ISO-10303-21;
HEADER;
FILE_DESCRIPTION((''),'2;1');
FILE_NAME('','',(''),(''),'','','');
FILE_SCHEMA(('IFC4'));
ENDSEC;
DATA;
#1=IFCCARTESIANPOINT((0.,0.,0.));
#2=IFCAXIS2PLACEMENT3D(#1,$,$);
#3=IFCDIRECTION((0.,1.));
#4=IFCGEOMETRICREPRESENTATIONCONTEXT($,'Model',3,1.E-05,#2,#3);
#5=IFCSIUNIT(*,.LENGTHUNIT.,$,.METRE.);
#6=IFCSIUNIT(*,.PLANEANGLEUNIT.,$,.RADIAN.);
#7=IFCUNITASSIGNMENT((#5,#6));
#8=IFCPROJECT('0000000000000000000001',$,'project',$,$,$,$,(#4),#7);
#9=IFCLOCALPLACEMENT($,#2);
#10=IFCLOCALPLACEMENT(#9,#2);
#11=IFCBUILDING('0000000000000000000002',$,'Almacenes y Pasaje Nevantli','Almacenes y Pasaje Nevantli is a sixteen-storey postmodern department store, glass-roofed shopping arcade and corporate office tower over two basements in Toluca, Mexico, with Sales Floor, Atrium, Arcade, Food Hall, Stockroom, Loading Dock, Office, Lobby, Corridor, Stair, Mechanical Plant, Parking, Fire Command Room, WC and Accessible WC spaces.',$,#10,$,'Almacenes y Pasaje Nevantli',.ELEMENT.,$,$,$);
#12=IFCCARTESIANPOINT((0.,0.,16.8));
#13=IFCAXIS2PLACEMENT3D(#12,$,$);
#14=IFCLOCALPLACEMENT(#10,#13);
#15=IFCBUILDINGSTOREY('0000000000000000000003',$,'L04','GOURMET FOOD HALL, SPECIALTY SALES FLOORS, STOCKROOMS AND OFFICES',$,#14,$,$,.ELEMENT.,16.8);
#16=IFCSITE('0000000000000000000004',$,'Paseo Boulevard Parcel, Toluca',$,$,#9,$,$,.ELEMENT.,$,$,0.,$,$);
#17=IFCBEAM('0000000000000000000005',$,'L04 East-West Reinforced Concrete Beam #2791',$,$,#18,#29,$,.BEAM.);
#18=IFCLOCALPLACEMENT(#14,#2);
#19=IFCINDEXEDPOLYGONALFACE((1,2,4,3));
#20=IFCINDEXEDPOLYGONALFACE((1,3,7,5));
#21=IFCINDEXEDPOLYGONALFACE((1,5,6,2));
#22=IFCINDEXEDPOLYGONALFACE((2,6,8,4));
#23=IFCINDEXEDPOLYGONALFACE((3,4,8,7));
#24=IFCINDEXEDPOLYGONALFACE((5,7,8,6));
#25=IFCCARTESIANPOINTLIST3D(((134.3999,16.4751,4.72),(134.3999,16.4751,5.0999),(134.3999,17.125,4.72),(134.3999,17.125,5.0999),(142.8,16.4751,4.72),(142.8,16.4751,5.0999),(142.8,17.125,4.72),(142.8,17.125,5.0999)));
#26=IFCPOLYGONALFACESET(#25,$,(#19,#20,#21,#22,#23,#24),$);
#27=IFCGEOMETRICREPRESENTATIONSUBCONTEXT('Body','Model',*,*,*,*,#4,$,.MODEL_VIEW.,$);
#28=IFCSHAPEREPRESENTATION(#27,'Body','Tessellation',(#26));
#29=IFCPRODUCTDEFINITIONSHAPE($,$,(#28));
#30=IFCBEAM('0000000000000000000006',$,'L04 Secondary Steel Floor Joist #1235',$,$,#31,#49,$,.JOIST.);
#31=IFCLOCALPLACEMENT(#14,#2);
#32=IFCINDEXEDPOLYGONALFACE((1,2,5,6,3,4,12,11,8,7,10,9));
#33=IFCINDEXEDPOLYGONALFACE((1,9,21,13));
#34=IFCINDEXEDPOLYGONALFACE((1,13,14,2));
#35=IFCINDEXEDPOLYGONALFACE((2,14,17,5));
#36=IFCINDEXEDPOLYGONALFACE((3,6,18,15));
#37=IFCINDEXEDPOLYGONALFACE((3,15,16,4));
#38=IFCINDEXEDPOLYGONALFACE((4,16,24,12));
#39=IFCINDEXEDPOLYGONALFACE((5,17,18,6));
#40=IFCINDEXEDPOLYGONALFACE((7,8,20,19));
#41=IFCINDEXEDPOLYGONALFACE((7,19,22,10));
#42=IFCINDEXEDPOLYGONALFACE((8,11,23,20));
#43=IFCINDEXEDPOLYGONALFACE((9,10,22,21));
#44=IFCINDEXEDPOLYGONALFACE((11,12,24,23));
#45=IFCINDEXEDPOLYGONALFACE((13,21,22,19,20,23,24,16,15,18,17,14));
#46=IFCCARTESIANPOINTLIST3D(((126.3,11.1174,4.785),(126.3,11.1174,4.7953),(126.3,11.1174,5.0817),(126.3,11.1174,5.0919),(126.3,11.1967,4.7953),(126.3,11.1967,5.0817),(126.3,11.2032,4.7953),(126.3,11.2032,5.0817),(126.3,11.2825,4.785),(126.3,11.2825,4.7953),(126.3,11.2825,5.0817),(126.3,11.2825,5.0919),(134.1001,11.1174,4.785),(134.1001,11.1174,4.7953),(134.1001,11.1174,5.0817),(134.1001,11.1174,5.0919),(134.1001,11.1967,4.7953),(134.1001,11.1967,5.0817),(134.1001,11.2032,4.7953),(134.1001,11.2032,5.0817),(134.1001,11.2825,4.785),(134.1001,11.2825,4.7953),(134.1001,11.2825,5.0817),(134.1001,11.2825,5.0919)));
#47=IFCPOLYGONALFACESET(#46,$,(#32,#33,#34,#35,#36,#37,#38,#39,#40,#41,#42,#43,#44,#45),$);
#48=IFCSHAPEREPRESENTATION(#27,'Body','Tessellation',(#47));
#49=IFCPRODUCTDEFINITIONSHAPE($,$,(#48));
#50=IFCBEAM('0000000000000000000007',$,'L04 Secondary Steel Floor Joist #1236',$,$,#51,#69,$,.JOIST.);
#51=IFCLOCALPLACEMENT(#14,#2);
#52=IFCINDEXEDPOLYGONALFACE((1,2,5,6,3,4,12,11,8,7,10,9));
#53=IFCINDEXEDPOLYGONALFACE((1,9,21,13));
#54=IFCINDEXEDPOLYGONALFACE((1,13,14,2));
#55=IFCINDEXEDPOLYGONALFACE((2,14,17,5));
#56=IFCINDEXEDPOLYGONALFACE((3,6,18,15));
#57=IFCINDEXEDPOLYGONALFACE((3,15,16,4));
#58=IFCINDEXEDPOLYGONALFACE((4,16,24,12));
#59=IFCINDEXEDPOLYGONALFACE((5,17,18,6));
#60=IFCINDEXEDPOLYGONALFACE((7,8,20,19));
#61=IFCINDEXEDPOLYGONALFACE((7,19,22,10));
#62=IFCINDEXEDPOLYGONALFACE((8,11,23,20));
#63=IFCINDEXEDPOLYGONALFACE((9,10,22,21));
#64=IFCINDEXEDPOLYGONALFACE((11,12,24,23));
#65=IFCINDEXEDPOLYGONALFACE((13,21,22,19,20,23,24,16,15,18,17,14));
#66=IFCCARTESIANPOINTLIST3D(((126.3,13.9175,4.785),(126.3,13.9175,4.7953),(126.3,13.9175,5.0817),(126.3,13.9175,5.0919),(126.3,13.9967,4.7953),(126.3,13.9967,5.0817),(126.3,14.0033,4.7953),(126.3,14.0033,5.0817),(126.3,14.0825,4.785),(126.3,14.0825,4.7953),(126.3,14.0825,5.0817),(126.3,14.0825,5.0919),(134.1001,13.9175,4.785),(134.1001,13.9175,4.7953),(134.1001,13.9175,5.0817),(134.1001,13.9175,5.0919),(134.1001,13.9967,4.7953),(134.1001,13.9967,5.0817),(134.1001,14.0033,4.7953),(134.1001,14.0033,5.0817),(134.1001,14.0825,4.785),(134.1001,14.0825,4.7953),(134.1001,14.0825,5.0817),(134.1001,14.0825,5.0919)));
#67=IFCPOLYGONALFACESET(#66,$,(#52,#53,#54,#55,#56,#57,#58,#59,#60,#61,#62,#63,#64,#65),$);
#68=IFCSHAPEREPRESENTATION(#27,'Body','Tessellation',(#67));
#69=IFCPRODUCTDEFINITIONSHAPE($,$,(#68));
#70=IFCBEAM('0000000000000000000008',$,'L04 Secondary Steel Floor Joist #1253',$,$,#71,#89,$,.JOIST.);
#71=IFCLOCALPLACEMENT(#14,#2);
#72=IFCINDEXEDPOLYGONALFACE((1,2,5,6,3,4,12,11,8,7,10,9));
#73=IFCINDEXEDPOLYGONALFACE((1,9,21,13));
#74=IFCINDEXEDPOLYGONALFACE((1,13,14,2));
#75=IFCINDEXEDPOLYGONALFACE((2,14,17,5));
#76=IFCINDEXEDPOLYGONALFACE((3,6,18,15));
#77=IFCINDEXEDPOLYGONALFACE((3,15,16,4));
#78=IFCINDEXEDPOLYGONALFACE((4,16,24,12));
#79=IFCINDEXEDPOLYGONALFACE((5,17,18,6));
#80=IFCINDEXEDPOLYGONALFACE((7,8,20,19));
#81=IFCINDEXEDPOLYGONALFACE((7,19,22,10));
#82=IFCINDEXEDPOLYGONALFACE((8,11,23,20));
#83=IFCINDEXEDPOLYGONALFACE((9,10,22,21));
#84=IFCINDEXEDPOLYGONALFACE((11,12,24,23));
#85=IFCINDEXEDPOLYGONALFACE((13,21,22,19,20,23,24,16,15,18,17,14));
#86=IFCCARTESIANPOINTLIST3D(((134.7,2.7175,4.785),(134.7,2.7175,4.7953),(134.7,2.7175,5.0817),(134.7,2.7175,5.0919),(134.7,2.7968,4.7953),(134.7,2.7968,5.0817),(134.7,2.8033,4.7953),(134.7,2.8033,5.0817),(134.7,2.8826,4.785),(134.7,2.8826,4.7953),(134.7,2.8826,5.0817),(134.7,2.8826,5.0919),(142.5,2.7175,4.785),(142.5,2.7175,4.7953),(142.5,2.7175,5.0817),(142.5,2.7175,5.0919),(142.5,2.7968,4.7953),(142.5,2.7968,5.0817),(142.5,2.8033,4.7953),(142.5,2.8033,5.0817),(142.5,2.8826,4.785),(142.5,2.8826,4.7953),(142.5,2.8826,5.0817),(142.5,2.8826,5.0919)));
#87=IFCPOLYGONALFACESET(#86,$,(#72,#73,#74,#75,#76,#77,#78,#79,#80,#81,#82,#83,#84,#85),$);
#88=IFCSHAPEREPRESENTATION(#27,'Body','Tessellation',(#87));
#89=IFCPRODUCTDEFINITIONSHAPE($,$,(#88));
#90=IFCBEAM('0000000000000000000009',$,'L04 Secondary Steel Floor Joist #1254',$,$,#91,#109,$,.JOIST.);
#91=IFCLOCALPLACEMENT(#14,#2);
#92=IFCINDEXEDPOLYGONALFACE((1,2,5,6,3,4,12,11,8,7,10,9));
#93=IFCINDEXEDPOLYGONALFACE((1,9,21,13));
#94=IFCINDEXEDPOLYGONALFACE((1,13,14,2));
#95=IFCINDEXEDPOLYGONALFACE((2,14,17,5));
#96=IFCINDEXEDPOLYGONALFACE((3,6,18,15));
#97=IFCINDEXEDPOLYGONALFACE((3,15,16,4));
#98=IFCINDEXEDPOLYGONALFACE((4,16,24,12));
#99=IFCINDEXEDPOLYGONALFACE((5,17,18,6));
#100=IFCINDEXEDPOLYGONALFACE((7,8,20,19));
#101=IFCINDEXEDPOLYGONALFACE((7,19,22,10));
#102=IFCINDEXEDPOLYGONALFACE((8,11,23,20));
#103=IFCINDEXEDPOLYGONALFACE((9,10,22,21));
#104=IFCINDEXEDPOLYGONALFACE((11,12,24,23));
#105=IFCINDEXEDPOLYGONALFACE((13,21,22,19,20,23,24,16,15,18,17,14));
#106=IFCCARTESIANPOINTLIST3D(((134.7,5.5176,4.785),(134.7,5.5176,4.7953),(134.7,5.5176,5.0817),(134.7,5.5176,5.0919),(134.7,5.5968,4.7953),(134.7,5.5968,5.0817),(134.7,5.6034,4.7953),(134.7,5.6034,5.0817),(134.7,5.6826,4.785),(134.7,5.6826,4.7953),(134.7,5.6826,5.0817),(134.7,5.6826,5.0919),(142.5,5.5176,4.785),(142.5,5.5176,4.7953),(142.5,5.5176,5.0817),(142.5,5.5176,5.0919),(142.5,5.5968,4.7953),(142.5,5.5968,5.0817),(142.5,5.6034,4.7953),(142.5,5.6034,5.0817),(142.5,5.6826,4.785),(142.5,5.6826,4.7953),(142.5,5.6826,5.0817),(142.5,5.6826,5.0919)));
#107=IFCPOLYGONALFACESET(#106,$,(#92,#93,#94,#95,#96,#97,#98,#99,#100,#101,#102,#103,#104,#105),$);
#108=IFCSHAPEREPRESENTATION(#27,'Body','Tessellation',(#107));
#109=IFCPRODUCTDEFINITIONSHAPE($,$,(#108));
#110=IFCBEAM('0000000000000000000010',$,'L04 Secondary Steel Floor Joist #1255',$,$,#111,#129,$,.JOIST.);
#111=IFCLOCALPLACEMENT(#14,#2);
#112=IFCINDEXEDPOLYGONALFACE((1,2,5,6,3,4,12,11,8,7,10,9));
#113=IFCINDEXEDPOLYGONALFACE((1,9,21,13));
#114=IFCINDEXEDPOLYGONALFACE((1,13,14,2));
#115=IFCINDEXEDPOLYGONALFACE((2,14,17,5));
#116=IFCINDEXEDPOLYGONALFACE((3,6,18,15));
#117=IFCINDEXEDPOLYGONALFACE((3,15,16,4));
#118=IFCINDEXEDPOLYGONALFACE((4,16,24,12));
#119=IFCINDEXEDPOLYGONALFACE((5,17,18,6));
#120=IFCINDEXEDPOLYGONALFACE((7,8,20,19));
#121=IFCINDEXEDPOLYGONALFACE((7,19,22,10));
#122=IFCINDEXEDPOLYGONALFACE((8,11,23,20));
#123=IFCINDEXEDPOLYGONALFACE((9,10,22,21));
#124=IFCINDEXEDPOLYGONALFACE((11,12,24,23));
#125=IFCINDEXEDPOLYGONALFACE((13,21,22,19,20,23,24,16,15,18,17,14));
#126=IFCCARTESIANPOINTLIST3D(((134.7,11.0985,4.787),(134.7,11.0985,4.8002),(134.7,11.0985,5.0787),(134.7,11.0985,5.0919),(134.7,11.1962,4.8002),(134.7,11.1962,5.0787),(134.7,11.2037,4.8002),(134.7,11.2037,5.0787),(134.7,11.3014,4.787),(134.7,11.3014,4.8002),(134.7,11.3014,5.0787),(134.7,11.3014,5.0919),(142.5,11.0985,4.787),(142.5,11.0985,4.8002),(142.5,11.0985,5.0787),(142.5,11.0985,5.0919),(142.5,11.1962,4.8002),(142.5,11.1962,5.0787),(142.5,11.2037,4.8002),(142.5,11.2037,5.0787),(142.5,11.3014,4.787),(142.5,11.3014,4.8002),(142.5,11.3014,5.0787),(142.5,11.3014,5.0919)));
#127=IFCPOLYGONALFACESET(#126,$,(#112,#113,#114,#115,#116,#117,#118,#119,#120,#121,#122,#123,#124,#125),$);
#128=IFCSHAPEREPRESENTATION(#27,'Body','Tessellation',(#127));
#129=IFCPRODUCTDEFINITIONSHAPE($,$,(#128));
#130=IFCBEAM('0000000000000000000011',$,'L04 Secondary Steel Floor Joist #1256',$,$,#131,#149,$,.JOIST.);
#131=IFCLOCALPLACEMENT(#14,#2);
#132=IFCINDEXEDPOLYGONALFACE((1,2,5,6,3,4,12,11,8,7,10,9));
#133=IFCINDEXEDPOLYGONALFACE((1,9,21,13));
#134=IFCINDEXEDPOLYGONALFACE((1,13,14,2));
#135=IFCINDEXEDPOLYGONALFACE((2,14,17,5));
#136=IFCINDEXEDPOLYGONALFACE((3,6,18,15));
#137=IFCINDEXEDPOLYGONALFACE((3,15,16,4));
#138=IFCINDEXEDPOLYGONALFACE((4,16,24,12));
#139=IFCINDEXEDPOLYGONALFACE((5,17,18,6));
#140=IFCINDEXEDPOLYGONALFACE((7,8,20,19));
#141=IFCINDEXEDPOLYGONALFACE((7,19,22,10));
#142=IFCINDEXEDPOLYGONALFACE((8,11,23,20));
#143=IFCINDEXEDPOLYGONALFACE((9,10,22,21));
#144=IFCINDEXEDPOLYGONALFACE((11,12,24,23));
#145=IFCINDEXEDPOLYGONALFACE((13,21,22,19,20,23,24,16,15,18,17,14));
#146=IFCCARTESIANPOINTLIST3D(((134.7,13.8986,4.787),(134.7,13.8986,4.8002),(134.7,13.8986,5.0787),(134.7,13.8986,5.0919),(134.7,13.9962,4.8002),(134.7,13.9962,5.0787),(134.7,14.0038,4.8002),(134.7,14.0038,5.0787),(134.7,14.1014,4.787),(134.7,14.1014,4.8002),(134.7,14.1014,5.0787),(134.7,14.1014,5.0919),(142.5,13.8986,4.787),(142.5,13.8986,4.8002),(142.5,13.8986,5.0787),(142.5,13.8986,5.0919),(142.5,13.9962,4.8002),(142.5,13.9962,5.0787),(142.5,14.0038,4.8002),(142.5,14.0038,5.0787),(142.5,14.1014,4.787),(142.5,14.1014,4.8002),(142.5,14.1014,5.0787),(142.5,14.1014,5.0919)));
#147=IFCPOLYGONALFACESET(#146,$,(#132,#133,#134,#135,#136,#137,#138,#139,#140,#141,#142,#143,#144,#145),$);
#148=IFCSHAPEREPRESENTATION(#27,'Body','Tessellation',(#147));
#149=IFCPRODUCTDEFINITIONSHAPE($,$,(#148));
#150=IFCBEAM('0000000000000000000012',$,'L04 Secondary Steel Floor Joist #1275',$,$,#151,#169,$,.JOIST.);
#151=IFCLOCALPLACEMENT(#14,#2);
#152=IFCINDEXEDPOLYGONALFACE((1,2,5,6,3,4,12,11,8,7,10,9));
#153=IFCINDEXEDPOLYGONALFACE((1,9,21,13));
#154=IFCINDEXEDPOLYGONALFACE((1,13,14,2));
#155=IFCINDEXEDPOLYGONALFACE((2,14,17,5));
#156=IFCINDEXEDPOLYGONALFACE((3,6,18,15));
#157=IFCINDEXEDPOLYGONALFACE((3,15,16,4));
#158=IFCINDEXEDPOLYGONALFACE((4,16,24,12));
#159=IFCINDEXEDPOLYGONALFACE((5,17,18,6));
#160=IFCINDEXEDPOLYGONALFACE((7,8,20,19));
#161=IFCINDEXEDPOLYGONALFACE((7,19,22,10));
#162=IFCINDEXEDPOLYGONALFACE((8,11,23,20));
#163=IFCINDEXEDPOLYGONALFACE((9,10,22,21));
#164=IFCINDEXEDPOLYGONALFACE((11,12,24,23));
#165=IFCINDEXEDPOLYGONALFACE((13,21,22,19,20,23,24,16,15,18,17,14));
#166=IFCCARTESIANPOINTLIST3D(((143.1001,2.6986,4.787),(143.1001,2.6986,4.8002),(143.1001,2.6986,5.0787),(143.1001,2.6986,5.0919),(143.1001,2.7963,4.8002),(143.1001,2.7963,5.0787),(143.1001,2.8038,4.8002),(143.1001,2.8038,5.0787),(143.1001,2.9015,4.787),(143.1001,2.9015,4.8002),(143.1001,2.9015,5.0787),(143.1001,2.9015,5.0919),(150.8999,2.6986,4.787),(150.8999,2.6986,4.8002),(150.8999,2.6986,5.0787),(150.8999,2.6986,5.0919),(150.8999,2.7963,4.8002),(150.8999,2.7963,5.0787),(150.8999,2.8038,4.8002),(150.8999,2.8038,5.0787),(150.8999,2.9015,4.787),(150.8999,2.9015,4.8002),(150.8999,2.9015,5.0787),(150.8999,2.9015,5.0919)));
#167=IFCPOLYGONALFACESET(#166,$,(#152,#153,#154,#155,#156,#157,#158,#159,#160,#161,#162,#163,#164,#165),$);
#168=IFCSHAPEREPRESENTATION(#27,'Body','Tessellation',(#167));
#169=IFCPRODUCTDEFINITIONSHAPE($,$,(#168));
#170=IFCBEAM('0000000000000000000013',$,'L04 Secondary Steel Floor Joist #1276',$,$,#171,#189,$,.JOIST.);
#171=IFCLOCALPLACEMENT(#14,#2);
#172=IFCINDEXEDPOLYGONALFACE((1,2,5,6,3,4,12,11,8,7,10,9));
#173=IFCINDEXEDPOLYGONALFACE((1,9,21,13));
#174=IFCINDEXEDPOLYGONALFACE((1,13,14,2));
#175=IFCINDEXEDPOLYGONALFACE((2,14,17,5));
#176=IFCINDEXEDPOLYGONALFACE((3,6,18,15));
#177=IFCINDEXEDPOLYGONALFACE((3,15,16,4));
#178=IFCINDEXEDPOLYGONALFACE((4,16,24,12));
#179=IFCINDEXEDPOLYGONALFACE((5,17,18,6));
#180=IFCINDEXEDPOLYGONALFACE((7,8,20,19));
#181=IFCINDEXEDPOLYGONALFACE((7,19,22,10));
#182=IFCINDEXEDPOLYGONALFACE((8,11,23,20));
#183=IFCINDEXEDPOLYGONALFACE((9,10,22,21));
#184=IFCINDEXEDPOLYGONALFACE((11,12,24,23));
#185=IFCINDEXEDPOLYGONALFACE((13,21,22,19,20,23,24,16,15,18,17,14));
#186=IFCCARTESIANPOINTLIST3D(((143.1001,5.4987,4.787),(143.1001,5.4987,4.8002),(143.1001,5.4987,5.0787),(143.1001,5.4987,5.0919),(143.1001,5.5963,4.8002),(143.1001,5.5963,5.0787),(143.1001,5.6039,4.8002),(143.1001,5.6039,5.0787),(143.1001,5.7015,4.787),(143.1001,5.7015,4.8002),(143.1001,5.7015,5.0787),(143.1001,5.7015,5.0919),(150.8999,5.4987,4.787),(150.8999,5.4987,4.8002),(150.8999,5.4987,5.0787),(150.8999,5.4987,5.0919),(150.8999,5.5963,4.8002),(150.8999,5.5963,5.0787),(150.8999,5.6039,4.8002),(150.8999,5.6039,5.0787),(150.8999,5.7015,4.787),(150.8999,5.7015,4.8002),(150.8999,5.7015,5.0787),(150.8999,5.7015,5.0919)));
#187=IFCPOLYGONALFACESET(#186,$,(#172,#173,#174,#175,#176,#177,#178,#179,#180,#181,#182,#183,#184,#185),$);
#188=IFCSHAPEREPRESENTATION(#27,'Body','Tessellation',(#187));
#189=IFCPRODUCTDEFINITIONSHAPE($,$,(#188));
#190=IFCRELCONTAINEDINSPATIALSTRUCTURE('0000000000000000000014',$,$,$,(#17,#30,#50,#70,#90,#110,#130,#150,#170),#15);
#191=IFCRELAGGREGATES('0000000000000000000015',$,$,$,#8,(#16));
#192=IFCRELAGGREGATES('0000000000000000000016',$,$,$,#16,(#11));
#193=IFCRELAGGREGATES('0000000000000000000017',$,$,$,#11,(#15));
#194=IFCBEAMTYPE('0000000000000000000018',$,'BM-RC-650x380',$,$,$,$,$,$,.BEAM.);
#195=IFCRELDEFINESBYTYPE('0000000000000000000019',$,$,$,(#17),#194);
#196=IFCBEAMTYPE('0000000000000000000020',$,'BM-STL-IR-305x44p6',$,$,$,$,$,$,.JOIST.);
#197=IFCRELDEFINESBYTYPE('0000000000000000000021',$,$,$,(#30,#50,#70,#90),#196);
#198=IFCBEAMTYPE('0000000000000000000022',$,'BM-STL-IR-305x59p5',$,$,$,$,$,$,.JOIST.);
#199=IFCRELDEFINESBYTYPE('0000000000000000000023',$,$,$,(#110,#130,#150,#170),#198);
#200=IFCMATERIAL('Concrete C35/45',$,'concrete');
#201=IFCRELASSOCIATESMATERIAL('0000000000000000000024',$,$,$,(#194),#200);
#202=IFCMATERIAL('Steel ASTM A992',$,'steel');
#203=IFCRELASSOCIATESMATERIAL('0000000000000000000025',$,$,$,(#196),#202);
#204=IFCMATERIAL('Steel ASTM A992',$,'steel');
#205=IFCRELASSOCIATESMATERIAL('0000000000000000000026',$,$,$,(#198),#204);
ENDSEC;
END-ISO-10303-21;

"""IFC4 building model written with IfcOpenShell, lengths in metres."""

from ifc_helpers import new_model, si_unit, direction, frame, origin, origin_2d, place, context, subcontext, project, spatial, rectangle, i_section, extrude, material, material_profile, profile_set, type_object, element, save


model = new_model("IFC4")

# Units and contexts
model_context = context("Model", 3, precision=1e-05, world=origin(), true_north=direction((0.0, 1.0)))
body_context = subcontext(model_context, "Body", "Model", "MODEL_VIEW")
ifc_project = project(units=[si_unit("LENGTHUNIT", "METRE"), si_unit("PLANEANGLEUNIT", "RADIAN")], contexts=[model_context])

# Site, building, storey
site_placement = place(None, origin())
site = spatial("IfcSite", under=ifc_project, at=site_placement, Name="Paseo Boulevard Parcel, Toluca", CompositionType="ELEMENT", RefElevation=0.0)
building_placement = place(site_placement, origin())
building = spatial("IfcBuilding", under=site, at=building_placement, Name="Almacenes y Pasaje Nevantli", Description="Almacenes y Pasaje Nevantli is a sixteen-storey postmodern department store, glass-roofed shopping arcade and corporate office tower over two basements in Toluca, Mexico, with Sales Floor, Atrium, Arcade, Food Hall, Stockroom, Loading Dock, Office, Lobby, Corridor, Stair, Mechanical Plant, Parking, Fire Command Room, WC and Accessible WC spaces.", LongName="Almacenes y Pasaje Nevantli", CompositionType="ELEMENT")
storey_placement = place(building_placement, frame((0.0, 0.0, 16.8)))
storey = spatial("IfcBuildingStorey", under=building, at=storey_placement, Name="L04", Description="GOURMET FOOD HALL, SPECIALTY SALES FLOORS, STOCKROOMS AND OFFICES", CompositionType="ELEMENT", Elevation=16.8)

# Beams
ifc_material_1 = material(Name="Concrete C35/45", Category="concrete")
ifc_material_profile_1 = material_profile(ifc_material_1, rectangle(XDim=0.6499, YDim=0.3799, at=origin_2d()), Name="RC-BM-650x380")
ifc_profile_set_1 = profile_set([ifc_material_profile_1], Name="Concrete C35/45")
beam_type_1 = type_object("IfcBeamType", Name="BM-RC-650x380", PredefinedType="BEAM", material=ifc_profile_set_1)
beam_1_placement = place(storey_placement, frame((134.3999, 16.8, 4.9099), z_axis=(1.0, 0.0, 0.0), x_axis=(0.0, 1.0, 0.0)))
element("IfcBeam", 1, at=beam_1_placement, inside=storey, type_object=beam_type_1, Name="L04 East-West Reinforced Concrete Beam #2791", PredefinedType="BEAM", context=body_context, shape_type="SweptSolid", body=[
    extrude(rectangle(XDim=0.6499, YDim=0.3799, at=origin_2d()), origin(), (0.0, 0.0, 1.0), 8.4001),
])
ifc_material_2 = material(Name="Steel ASTM A992", Category="steel")
ifc_material_profile_2 = material_profile(ifc_material_2, i_section(OverallWidth=0.165, OverallDepth=0.3069, WebThickness=0.0066, FlangeThickness=0.0103, at=origin_2d()), Name="IR 305x44.6")
ifc_profile_set_2 = profile_set([ifc_material_profile_2], Name="Steel ASTM A992")
beam_type_2 = type_object("IfcBeamType", Name="BM-STL-IR-305x44p6", PredefinedType="JOIST", material=ifc_profile_set_2)
for number, where, z_axis, x_axis, name in (
    (2, (126.3, 11.2, 4.9385), (1.0, 0.0, 0.0), (0.0, 1.0, 0.0), "L04 Secondary Steel Floor Joist #1235"),
    (3, (126.3, 14.0, 4.9385), (1.0, 0.0, 0.0), (0.0, 1.0, 0.0), "L04 Secondary Steel Floor Joist #1236"),
    (4, (134.7, 2.8, 4.9385), (1.0, 0.0, 0.0), (0.0, 1.0, 0.0), "L04 Secondary Steel Floor Joist #1253"),
    (5, (134.7, 5.6001, 4.9385), (1.0, 0.0, 0.0), (0.0, 1.0, 0.0), "L04 Secondary Steel Floor Joist #1254"),
):
    element("IfcBeam", number, at=place(storey_placement, frame(where, z_axis=z_axis, x_axis=x_axis)), inside=storey, type_object=beam_type_2, Name=name, PredefinedType="JOIST", context=body_context, shape_type="SweptSolid", body=[
        extrude(i_section(OverallWidth=0.165, OverallDepth=0.3069, WebThickness=0.0066, FlangeThickness=0.0103, at=origin_2d()), origin(), (0.0, 0.0, 1.0), 7.8),
    ])
ifc_material_3 = material(Name="Steel ASTM A992", Category="steel")
ifc_material_profile_3 = material_profile(ifc_material_3, i_section(OverallWidth=0.2029, OverallDepth=0.3049, WebThickness=0.0076, FlangeThickness=0.0132, at=origin_2d()), Name="IR 305x59.5")
ifc_profile_set_3 = profile_set([ifc_material_profile_3], Name="Steel ASTM A992")
beam_type_3 = type_object("IfcBeamType", Name="BM-STL-IR-305x59p5", PredefinedType="JOIST", material=ifc_profile_set_3)
for number, where, z_axis, x_axis, name in (
    (6, (134.7, 11.2, 4.9395), (1.0, 0.0, 0.0), (0.0, 1.0, 0.0), "L04 Secondary Steel Floor Joist #1255"),
    (7, (134.7, 14.0, 4.9395), (1.0, 0.0, 0.0), (0.0, 1.0, 0.0), "L04 Secondary Steel Floor Joist #1256"),
):
    element("IfcBeam", number, at=place(storey_placement, frame(where, z_axis=z_axis, x_axis=x_axis)), inside=storey, type_object=beam_type_3, Name=name, PredefinedType="JOIST", context=body_context, shape_type="SweptSolid", body=[
        extrude(i_section(OverallWidth=0.2029, OverallDepth=0.3049, WebThickness=0.0076, FlangeThickness=0.0132, at=origin_2d()), origin(), (0.0, 0.0, 1.0), 7.8),
    ])
for number, where, z_axis, x_axis, name in (
    (8, (143.1001, 2.8, 4.9395), (1.0, 0.0, 0.0), (0.0, 1.0, 0.0), "L04 Secondary Steel Floor Joist #1275"),
    (9, (143.1001, 5.6001, 4.9395), (1.0, 0.0, 0.0), (0.0, 1.0, 0.0), "L04 Secondary Steel Floor Joist #1276"),
):
    element("IfcBeam", number, at=place(storey_placement, frame(where, z_axis=z_axis, x_axis=x_axis)), inside=storey, type_object=beam_type_3, Name=name, PredefinedType="JOIST", context=body_context, shape_type="SweptSolid", body=[
        extrude(i_section(OverallWidth=0.2029, OverallDepth=0.3049, WebThickness=0.0076, FlangeThickness=0.0132, at=origin_2d()), origin(), (0.0, 0.0, 1.0), 7.7998),
    ])

save(model, "model.ifc")
